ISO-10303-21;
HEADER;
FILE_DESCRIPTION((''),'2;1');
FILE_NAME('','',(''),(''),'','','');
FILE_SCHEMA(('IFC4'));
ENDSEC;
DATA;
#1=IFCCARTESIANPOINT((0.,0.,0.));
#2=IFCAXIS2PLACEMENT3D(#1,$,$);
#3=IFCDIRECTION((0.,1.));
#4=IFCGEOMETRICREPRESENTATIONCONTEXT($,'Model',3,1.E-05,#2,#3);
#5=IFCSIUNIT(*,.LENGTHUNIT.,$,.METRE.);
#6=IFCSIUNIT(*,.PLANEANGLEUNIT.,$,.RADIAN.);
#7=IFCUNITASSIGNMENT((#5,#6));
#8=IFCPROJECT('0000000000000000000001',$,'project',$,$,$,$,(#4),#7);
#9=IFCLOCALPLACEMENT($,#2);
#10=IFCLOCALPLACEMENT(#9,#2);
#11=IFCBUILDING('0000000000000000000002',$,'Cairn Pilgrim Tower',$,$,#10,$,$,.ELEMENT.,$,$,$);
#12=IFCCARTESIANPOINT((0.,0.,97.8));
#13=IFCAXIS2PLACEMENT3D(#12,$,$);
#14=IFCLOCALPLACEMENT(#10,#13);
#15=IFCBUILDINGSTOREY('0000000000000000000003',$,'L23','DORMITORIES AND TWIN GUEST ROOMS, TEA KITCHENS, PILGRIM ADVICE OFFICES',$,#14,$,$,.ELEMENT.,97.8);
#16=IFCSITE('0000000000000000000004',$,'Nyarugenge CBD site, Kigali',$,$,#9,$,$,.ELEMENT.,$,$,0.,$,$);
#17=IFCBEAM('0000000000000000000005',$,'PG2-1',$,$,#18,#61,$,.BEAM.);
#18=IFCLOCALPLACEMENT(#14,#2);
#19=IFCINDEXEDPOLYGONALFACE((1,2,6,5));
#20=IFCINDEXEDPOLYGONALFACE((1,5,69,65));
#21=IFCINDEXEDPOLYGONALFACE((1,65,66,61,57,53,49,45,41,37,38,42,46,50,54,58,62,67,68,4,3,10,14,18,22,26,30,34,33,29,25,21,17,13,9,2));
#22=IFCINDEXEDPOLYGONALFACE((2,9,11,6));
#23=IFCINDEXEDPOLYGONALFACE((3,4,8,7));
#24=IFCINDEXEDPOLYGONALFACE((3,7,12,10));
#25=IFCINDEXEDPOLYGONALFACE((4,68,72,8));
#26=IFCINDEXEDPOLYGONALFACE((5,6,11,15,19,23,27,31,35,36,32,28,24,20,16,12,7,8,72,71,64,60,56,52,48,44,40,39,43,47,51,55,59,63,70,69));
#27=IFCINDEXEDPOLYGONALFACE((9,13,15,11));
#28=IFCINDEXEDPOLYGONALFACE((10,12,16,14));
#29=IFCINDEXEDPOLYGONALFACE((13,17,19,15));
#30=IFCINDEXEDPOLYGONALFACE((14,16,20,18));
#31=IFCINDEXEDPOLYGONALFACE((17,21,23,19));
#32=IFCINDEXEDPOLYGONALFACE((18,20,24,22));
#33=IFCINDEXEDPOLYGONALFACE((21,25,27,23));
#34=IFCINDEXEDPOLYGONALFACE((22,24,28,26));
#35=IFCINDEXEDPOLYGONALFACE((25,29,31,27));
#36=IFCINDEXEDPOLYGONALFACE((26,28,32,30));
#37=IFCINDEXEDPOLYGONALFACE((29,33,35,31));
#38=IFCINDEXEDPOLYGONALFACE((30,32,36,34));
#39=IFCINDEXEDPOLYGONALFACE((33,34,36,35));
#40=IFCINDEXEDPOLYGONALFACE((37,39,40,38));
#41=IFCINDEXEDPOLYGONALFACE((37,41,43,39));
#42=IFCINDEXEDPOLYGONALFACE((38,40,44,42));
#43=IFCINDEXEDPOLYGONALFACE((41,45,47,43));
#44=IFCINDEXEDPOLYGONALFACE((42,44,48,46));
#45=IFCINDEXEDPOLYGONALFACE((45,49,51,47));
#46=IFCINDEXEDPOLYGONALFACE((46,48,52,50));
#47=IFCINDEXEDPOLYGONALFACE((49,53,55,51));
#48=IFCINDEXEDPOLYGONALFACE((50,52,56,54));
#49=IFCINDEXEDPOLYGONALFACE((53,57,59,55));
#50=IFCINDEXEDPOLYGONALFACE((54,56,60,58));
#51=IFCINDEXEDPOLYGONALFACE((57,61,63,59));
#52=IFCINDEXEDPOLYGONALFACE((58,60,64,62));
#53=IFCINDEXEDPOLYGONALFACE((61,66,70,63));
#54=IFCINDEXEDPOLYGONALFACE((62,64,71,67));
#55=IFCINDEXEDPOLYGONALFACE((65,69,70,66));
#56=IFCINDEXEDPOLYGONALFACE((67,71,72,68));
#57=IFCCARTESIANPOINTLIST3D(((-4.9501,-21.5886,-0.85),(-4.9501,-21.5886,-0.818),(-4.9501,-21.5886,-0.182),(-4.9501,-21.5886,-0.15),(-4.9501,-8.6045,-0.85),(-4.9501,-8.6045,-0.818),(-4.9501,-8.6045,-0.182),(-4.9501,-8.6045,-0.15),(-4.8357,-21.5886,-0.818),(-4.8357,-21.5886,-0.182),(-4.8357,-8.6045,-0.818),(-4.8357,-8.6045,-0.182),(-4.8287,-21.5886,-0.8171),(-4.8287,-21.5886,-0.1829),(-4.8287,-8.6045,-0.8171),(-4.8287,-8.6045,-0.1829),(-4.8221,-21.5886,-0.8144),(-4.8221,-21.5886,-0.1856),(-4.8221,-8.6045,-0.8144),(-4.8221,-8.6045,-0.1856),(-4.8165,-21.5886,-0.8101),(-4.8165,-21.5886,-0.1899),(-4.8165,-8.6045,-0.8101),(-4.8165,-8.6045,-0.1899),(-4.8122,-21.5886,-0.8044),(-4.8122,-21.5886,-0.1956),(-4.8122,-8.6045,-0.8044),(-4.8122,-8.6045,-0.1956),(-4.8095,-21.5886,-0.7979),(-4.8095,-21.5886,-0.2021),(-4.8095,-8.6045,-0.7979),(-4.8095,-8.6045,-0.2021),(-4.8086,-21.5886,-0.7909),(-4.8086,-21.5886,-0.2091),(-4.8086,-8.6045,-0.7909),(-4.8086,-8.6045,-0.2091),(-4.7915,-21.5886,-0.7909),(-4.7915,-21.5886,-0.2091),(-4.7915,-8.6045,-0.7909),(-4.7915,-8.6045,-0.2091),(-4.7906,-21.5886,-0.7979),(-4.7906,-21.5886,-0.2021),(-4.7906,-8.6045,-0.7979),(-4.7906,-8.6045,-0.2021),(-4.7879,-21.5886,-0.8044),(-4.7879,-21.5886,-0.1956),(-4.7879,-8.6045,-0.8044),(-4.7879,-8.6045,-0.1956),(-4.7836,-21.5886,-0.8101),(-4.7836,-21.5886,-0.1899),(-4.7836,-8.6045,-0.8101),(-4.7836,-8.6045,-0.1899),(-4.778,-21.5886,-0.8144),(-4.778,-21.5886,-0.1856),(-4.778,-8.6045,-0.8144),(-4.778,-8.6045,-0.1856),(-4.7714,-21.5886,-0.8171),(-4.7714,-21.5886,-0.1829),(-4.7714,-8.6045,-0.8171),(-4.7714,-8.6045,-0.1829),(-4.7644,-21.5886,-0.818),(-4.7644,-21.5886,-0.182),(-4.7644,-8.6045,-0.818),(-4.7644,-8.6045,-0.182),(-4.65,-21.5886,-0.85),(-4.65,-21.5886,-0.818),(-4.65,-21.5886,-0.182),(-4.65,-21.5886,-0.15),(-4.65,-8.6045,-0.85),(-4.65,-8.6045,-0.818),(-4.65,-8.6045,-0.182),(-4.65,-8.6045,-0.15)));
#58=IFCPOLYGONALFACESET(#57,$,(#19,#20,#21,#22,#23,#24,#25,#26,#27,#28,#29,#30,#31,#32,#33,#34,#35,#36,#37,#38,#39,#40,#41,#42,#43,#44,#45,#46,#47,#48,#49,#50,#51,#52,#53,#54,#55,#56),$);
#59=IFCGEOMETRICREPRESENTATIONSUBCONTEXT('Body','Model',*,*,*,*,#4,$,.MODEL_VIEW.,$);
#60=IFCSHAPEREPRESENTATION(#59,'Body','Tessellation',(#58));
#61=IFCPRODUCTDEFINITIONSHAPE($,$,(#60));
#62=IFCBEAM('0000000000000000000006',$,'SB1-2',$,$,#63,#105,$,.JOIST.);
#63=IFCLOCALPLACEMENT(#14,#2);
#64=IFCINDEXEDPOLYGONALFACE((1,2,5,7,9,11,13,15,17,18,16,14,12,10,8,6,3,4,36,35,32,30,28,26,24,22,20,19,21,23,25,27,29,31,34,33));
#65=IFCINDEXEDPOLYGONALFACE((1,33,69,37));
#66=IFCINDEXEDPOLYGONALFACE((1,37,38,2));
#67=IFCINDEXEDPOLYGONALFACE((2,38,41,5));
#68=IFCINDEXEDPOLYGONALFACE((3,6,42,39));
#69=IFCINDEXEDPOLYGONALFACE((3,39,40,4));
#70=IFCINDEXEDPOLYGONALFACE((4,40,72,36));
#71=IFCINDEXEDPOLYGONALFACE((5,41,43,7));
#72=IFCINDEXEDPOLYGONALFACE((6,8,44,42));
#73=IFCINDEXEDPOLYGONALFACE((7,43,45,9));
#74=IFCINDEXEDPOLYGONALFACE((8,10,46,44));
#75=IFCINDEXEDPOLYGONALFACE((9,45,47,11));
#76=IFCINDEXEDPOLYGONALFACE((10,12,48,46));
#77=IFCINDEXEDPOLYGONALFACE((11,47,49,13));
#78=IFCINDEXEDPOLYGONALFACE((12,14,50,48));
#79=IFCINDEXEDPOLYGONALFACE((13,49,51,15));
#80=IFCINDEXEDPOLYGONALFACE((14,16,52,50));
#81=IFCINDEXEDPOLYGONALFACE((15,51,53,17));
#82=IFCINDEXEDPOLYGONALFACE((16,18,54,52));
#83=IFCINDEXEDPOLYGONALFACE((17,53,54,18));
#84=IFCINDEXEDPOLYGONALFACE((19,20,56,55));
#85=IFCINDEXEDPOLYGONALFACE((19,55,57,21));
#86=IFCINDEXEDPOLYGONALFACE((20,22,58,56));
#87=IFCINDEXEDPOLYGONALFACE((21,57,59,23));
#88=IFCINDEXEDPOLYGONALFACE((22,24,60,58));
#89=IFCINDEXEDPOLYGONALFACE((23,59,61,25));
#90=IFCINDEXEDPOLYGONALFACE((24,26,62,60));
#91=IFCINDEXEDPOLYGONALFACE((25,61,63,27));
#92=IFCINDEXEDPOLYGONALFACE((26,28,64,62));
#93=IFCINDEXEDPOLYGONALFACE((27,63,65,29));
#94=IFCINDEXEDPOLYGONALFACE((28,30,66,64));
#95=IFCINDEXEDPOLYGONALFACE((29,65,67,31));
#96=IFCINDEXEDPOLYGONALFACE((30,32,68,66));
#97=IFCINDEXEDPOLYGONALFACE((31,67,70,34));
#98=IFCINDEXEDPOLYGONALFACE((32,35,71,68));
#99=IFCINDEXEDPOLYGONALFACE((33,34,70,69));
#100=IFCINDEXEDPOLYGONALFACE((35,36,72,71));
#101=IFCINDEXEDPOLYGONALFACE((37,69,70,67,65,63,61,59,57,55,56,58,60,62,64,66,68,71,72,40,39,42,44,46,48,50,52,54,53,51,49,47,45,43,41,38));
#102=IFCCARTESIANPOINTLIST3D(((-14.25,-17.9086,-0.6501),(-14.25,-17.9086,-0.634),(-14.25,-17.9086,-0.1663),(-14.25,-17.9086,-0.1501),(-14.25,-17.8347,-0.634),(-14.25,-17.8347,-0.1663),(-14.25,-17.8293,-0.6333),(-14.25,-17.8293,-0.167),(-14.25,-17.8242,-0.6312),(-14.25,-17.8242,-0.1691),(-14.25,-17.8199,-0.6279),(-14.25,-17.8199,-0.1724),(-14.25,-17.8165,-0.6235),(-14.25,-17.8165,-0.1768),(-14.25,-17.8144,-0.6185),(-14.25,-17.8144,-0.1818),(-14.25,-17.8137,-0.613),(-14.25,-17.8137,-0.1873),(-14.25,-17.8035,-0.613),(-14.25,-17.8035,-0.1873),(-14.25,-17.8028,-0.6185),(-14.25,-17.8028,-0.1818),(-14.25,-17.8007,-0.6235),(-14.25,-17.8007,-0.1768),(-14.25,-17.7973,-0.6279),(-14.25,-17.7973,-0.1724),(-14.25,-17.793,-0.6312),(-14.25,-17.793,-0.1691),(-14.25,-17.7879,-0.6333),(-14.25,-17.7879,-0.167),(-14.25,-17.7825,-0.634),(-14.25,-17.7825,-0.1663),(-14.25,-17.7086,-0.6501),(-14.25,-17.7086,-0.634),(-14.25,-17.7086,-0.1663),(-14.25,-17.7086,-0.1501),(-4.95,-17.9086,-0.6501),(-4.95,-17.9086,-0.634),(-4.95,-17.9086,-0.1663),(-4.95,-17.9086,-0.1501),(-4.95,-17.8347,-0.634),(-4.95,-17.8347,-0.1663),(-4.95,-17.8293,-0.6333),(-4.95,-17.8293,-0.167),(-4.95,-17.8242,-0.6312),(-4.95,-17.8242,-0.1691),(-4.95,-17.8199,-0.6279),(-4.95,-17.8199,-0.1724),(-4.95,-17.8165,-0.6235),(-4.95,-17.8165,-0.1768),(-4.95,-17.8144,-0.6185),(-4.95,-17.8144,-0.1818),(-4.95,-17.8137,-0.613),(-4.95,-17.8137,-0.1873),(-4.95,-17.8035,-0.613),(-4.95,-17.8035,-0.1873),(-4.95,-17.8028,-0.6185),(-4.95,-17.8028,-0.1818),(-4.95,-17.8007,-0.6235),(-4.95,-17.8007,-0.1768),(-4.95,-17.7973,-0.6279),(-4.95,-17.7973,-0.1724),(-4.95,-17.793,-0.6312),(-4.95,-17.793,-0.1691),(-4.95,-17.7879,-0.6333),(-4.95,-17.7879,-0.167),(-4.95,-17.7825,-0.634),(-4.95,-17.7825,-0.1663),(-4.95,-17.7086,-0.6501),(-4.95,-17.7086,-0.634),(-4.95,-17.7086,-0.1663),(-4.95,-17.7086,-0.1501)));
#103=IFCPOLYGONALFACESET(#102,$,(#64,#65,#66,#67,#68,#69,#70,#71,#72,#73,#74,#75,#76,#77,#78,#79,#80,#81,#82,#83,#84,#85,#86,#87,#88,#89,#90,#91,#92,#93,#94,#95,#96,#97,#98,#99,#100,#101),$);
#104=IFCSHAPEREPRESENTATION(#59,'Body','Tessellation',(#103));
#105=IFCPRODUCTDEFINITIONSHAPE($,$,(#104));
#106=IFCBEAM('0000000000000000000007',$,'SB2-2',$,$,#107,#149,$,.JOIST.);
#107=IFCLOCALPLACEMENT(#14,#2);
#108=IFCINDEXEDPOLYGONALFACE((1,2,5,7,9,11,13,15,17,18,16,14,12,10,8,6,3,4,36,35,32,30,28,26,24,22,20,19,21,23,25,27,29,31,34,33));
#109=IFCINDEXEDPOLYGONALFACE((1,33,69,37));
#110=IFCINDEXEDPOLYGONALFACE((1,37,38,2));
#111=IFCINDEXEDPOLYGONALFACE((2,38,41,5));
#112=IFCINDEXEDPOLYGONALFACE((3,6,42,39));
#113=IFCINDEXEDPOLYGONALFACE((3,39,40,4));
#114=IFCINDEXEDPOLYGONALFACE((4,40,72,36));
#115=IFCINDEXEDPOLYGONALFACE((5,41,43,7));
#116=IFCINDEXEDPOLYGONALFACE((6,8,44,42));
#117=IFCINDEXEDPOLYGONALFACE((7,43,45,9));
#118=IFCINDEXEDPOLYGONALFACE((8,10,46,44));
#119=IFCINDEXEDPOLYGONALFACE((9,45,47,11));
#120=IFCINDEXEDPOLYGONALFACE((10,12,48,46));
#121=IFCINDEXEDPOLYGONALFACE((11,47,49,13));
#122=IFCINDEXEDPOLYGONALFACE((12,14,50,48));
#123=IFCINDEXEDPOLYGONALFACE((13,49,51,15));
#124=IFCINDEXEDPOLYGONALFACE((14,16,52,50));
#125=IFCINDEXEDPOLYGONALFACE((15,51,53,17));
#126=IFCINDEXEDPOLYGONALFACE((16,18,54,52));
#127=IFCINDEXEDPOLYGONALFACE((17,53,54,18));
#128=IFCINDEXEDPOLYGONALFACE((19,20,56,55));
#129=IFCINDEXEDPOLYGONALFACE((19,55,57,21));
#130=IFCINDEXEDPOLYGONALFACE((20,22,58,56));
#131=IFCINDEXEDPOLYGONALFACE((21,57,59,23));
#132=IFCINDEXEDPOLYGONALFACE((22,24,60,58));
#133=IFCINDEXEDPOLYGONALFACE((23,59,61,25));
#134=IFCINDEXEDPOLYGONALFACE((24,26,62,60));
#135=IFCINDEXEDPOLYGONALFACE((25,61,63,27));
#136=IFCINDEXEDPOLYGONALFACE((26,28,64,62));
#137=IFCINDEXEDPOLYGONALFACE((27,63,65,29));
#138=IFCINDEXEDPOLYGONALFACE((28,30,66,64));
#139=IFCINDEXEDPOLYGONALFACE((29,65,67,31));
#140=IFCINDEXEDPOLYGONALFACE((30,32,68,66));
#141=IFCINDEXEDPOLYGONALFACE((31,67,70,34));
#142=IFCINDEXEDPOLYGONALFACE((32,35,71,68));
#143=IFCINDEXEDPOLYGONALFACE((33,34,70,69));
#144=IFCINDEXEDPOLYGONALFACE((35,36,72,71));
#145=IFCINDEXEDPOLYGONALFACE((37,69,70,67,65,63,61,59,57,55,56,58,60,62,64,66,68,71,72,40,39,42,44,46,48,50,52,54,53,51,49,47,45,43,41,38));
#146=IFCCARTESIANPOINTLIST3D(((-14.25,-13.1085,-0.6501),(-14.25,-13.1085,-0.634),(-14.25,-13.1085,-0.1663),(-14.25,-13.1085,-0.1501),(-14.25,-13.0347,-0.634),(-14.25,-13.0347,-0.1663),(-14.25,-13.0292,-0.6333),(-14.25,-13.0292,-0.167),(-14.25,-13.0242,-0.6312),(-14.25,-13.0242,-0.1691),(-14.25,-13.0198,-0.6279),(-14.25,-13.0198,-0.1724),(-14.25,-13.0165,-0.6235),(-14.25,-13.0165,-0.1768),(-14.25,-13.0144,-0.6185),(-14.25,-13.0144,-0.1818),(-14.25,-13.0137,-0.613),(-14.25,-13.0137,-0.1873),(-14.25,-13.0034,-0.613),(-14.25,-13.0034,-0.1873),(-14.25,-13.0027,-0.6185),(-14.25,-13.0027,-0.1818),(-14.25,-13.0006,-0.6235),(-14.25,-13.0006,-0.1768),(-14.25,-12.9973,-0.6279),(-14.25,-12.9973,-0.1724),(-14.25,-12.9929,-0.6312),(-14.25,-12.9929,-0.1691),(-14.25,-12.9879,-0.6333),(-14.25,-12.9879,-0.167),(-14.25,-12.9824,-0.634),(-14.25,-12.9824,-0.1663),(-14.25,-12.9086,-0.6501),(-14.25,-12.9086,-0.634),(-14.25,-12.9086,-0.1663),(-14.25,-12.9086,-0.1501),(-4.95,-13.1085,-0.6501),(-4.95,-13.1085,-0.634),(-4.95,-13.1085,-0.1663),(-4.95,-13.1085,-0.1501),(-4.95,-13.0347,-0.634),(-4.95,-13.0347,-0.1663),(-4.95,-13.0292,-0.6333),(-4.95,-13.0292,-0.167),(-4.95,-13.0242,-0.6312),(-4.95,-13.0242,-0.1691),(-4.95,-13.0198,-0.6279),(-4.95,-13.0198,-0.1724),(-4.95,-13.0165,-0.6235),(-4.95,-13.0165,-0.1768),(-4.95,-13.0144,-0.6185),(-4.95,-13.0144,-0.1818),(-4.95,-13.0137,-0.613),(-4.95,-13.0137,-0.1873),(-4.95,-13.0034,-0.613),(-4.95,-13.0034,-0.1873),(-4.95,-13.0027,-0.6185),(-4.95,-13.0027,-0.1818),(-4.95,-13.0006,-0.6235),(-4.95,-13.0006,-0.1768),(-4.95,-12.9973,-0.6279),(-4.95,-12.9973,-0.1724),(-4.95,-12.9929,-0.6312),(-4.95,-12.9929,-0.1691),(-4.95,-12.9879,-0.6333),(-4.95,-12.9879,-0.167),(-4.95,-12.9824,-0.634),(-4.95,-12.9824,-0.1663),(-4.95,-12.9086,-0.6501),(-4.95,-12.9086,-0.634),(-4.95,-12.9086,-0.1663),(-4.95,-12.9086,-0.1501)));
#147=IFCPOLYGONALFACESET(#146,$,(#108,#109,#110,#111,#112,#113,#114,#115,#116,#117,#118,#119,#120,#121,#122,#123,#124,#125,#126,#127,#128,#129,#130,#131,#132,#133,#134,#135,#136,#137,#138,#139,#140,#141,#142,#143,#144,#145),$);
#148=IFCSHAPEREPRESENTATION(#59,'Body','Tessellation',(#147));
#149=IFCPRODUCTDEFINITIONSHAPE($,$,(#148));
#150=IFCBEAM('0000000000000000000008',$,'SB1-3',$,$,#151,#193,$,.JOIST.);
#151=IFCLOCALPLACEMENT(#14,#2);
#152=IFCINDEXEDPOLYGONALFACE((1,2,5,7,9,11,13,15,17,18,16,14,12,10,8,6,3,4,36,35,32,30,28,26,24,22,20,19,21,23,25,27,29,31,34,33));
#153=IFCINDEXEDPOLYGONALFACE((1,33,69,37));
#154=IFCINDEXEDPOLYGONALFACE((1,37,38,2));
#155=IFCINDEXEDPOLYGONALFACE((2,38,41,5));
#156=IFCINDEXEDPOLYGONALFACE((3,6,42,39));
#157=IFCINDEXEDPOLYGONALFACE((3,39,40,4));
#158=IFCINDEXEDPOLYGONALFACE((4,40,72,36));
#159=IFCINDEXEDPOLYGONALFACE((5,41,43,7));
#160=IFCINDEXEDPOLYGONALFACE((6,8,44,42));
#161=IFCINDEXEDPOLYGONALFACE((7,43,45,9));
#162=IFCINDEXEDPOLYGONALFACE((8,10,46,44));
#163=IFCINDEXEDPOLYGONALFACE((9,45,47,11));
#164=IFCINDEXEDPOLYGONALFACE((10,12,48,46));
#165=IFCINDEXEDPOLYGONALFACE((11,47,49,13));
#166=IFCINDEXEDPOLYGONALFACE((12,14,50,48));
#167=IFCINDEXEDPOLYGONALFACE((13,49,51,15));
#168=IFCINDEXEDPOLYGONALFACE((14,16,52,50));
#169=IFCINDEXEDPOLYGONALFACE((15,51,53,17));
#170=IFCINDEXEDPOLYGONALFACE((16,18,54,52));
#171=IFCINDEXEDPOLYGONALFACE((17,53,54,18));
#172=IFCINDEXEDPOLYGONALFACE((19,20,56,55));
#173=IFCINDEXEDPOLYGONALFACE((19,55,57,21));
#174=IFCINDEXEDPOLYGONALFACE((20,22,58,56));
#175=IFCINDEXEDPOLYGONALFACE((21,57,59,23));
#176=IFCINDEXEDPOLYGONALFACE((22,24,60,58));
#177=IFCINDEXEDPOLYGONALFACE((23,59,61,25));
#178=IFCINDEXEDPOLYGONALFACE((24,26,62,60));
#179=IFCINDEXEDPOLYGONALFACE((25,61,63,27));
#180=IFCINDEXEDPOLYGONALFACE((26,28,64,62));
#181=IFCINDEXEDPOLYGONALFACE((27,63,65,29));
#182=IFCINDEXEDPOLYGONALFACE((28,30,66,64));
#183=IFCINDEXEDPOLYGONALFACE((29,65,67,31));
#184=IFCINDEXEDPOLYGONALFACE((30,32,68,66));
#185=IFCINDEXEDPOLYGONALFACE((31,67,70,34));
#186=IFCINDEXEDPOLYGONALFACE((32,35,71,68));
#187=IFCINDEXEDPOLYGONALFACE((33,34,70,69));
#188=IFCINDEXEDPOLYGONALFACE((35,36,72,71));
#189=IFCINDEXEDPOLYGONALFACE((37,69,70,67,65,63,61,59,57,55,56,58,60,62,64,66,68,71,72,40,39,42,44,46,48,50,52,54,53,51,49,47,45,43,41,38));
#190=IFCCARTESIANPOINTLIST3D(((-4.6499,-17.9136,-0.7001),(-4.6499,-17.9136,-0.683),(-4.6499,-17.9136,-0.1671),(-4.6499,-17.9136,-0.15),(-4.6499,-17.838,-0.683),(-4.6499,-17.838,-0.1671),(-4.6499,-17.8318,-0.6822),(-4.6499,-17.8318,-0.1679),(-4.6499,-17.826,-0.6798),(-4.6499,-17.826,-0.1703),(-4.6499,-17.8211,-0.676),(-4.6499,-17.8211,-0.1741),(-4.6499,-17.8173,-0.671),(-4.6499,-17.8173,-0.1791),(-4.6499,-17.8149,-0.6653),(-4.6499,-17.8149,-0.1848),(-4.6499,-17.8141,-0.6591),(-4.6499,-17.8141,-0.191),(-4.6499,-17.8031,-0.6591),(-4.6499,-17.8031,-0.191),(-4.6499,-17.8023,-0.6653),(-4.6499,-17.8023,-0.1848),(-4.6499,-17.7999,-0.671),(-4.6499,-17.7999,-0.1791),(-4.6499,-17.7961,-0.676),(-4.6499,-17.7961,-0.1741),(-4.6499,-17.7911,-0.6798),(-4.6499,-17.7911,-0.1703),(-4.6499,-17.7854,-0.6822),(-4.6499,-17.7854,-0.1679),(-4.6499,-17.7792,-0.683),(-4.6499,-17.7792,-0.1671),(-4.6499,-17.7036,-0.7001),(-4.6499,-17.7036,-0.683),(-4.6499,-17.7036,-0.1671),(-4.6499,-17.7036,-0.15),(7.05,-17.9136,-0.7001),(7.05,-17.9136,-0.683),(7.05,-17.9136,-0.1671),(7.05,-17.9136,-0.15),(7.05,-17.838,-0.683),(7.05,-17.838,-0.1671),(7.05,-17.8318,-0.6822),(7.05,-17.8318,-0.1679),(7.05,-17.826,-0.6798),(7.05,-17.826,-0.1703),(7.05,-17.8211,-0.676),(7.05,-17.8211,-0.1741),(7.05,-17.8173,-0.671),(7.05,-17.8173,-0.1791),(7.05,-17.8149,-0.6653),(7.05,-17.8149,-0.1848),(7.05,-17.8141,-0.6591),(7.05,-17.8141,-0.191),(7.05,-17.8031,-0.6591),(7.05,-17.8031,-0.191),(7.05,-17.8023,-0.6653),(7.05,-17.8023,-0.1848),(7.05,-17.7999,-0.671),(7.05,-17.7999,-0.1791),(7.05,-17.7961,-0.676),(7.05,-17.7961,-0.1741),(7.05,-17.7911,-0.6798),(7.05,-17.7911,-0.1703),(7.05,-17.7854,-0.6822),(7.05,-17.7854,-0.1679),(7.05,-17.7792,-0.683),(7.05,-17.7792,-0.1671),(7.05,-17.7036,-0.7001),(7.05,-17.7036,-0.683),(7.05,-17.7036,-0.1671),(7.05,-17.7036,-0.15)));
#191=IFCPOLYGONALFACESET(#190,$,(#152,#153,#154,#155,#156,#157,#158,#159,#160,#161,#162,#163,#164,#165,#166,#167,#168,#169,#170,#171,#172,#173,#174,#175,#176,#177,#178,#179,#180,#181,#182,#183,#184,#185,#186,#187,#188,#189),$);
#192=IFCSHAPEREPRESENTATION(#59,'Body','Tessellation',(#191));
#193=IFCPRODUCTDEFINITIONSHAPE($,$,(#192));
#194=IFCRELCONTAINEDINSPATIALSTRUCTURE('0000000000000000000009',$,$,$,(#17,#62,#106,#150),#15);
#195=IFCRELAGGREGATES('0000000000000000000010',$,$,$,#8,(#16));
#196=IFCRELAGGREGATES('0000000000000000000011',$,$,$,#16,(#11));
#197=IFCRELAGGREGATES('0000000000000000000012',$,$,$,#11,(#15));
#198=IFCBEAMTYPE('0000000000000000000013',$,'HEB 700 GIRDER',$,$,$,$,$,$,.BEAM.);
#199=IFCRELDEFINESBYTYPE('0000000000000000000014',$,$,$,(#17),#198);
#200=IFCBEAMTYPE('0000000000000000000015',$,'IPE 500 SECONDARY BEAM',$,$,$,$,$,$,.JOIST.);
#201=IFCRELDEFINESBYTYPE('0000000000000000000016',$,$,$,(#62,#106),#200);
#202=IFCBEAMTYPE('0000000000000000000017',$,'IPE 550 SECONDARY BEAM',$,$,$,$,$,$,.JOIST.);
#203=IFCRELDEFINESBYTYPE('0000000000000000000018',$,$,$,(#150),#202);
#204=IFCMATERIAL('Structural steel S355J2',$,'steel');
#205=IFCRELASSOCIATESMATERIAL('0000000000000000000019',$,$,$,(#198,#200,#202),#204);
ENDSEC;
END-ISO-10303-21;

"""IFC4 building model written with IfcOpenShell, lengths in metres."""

from ifc_helpers import new_model, si_unit, direction, frame, origin, origin_2d, place, context, subcontext, project, spatial, i_section, extrude, material, material_profile, profile_set, type_object, element, save


model = new_model("IFC4")

# Units and contexts
model_context = context("Model", 3, precision=1e-05, world=origin(), true_north=direction((0.0, 1.0)))
body_context = subcontext(model_context, "Body", "Model", "MODEL_VIEW")
ifc_project = project(units=[si_unit("LENGTHUNIT", "METRE"), si_unit("PLANEANGLEUNIT", "RADIAN")], contexts=[model_context])

# Site, building, storey
site_placement = place(None, origin())
site = spatial("IfcSite", under=ifc_project, at=site_placement, Name="Nyarugenge CBD site, Kigali", CompositionType="ELEMENT", RefElevation=0.0)
building_placement = place(site_placement, origin())
building = spatial("IfcBuilding", under=site, at=building_placement, Name="Cairn Pilgrim Tower", CompositionType="ELEMENT")
storey_placement = place(building_placement, frame((0.0, 0.0, 97.8)))
storey = spatial("IfcBuildingStorey", under=building, at=storey_placement, Name="L23", Description="DORMITORIES AND TWIN GUEST ROOMS, TEA KITCHENS, PILGRIM ADVICE OFFICES", CompositionType="ELEMENT", Elevation=97.8)

# Beams
ifc_material_1 = material(Name="Structural steel S355J2", Category="steel")
ifc_material_profile_1 = material_profile(ifc_material_1, i_section(OverallWidth=0.3, OverallDepth=0.7, WebThickness=0.0171, FlangeThickness=0.032, FilletRadius=0.0271, at=origin_2d()), Name="HEB 700")
ifc_profile_set_1 = profile_set([ifc_material_profile_1], Name="Structural steel S355J2")
beam_type_1 = type_object("IfcBeamType", Name="HEB 700 GIRDER", PredefinedType="BEAM", material=ifc_profile_set_1)
beam_1_placement = place(storey_placement, frame((-4.8, -21.5886, -0.5), z_axis=(0.0, 1.0, 0.0), x_axis=(-1.0, 0.0, 0.0)))
element("IfcBeam", 1, at=beam_1_placement, inside=storey, type_object=beam_type_1, Name="PG2-1", PredefinedType="BEAM", context=body_context, shape_type="SweptSolid", body=[
    extrude(i_section(OverallWidth=0.3, OverallDepth=0.7, WebThickness=0.0171, FlangeThickness=0.032, FilletRadius=0.0271, at=origin_2d()), origin(), (0.0, 0.0, 1.0), 12.9841),
])
ifc_material_profile_2 = material_profile(ifc_material_1, i_section(OverallWidth=0.2, OverallDepth=0.5, WebThickness=0.0103, FlangeThickness=0.0161, FilletRadius=0.021, at=origin_2d()), Name="IPE 500")
ifc_profile_set_2 = profile_set([ifc_material_profile_2], Name="Structural steel S355J2")
beam_type_2 = type_object("IfcBeamType", Name="IPE 500 SECONDARY BEAM", PredefinedType="JOIST", material=ifc_profile_set_2)
for number, where, z_axis, x_axis, name in (
    (2, (-14.25, -17.8086, -0.4001), (1.0, 0.0, 0.0), (0.0, 1.0, 0.0), "SB1-2"),
    (3, (-14.25, -13.0085, -0.4001), (1.0, 0.0, 0.0), (0.0, 1.0, 0.0), "SB2-2"),
):
    element("IfcBeam", number, at=place(storey_placement, frame(where, z_axis=z_axis, x_axis=x_axis)), inside=storey, type_object=beam_type_2, Name=name, PredefinedType="JOIST", context=body_context, shape_type="SweptSolid", body=[
        extrude(i_section(OverallWidth=0.2, OverallDepth=0.5, WebThickness=0.0103, FlangeThickness=0.0161, FilletRadius=0.021, at=origin_2d()), origin(), (0.0, 0.0, 1.0), 9.3),
    ])
ifc_material_profile_3 = material_profile(ifc_material_1, i_section(OverallWidth=0.21, OverallDepth=0.55, WebThickness=0.011, FlangeThickness=0.0171, FilletRadius=0.0239, at=origin_2d()), Name="IPE 550")
ifc_profile_set_3 = profile_set([ifc_material_profile_3], Name="Structural steel S355J2")
beam_type_3 = type_object("IfcBeamType", Name="IPE 550 SECONDARY BEAM", PredefinedType="JOIST", material=ifc_profile_set_3)
for number, where, z_axis, x_axis, name in (
    (4, (-4.6499, -17.8086, -0.425), (1.0, 0.0, 0.0), (0.0, 1.0, 0.0), "SB1-3"),
):
    element("IfcBeam", number, at=place(storey_placement, frame(where, z_axis=z_axis, x_axis=x_axis)), inside=storey, type_object=beam_type_3, Name=name, PredefinedType="JOIST", context=body_context, shape_type="SweptSolid", body=[
        extrude(i_section(OverallWidth=0.21, OverallDepth=0.55, WebThickness=0.011, FlangeThickness=0.0171, FilletRadius=0.0239, at=origin_2d()), origin(), (0.0, 0.0, 1.0), 11.7),
    ])

save(model, "model.ifc")
